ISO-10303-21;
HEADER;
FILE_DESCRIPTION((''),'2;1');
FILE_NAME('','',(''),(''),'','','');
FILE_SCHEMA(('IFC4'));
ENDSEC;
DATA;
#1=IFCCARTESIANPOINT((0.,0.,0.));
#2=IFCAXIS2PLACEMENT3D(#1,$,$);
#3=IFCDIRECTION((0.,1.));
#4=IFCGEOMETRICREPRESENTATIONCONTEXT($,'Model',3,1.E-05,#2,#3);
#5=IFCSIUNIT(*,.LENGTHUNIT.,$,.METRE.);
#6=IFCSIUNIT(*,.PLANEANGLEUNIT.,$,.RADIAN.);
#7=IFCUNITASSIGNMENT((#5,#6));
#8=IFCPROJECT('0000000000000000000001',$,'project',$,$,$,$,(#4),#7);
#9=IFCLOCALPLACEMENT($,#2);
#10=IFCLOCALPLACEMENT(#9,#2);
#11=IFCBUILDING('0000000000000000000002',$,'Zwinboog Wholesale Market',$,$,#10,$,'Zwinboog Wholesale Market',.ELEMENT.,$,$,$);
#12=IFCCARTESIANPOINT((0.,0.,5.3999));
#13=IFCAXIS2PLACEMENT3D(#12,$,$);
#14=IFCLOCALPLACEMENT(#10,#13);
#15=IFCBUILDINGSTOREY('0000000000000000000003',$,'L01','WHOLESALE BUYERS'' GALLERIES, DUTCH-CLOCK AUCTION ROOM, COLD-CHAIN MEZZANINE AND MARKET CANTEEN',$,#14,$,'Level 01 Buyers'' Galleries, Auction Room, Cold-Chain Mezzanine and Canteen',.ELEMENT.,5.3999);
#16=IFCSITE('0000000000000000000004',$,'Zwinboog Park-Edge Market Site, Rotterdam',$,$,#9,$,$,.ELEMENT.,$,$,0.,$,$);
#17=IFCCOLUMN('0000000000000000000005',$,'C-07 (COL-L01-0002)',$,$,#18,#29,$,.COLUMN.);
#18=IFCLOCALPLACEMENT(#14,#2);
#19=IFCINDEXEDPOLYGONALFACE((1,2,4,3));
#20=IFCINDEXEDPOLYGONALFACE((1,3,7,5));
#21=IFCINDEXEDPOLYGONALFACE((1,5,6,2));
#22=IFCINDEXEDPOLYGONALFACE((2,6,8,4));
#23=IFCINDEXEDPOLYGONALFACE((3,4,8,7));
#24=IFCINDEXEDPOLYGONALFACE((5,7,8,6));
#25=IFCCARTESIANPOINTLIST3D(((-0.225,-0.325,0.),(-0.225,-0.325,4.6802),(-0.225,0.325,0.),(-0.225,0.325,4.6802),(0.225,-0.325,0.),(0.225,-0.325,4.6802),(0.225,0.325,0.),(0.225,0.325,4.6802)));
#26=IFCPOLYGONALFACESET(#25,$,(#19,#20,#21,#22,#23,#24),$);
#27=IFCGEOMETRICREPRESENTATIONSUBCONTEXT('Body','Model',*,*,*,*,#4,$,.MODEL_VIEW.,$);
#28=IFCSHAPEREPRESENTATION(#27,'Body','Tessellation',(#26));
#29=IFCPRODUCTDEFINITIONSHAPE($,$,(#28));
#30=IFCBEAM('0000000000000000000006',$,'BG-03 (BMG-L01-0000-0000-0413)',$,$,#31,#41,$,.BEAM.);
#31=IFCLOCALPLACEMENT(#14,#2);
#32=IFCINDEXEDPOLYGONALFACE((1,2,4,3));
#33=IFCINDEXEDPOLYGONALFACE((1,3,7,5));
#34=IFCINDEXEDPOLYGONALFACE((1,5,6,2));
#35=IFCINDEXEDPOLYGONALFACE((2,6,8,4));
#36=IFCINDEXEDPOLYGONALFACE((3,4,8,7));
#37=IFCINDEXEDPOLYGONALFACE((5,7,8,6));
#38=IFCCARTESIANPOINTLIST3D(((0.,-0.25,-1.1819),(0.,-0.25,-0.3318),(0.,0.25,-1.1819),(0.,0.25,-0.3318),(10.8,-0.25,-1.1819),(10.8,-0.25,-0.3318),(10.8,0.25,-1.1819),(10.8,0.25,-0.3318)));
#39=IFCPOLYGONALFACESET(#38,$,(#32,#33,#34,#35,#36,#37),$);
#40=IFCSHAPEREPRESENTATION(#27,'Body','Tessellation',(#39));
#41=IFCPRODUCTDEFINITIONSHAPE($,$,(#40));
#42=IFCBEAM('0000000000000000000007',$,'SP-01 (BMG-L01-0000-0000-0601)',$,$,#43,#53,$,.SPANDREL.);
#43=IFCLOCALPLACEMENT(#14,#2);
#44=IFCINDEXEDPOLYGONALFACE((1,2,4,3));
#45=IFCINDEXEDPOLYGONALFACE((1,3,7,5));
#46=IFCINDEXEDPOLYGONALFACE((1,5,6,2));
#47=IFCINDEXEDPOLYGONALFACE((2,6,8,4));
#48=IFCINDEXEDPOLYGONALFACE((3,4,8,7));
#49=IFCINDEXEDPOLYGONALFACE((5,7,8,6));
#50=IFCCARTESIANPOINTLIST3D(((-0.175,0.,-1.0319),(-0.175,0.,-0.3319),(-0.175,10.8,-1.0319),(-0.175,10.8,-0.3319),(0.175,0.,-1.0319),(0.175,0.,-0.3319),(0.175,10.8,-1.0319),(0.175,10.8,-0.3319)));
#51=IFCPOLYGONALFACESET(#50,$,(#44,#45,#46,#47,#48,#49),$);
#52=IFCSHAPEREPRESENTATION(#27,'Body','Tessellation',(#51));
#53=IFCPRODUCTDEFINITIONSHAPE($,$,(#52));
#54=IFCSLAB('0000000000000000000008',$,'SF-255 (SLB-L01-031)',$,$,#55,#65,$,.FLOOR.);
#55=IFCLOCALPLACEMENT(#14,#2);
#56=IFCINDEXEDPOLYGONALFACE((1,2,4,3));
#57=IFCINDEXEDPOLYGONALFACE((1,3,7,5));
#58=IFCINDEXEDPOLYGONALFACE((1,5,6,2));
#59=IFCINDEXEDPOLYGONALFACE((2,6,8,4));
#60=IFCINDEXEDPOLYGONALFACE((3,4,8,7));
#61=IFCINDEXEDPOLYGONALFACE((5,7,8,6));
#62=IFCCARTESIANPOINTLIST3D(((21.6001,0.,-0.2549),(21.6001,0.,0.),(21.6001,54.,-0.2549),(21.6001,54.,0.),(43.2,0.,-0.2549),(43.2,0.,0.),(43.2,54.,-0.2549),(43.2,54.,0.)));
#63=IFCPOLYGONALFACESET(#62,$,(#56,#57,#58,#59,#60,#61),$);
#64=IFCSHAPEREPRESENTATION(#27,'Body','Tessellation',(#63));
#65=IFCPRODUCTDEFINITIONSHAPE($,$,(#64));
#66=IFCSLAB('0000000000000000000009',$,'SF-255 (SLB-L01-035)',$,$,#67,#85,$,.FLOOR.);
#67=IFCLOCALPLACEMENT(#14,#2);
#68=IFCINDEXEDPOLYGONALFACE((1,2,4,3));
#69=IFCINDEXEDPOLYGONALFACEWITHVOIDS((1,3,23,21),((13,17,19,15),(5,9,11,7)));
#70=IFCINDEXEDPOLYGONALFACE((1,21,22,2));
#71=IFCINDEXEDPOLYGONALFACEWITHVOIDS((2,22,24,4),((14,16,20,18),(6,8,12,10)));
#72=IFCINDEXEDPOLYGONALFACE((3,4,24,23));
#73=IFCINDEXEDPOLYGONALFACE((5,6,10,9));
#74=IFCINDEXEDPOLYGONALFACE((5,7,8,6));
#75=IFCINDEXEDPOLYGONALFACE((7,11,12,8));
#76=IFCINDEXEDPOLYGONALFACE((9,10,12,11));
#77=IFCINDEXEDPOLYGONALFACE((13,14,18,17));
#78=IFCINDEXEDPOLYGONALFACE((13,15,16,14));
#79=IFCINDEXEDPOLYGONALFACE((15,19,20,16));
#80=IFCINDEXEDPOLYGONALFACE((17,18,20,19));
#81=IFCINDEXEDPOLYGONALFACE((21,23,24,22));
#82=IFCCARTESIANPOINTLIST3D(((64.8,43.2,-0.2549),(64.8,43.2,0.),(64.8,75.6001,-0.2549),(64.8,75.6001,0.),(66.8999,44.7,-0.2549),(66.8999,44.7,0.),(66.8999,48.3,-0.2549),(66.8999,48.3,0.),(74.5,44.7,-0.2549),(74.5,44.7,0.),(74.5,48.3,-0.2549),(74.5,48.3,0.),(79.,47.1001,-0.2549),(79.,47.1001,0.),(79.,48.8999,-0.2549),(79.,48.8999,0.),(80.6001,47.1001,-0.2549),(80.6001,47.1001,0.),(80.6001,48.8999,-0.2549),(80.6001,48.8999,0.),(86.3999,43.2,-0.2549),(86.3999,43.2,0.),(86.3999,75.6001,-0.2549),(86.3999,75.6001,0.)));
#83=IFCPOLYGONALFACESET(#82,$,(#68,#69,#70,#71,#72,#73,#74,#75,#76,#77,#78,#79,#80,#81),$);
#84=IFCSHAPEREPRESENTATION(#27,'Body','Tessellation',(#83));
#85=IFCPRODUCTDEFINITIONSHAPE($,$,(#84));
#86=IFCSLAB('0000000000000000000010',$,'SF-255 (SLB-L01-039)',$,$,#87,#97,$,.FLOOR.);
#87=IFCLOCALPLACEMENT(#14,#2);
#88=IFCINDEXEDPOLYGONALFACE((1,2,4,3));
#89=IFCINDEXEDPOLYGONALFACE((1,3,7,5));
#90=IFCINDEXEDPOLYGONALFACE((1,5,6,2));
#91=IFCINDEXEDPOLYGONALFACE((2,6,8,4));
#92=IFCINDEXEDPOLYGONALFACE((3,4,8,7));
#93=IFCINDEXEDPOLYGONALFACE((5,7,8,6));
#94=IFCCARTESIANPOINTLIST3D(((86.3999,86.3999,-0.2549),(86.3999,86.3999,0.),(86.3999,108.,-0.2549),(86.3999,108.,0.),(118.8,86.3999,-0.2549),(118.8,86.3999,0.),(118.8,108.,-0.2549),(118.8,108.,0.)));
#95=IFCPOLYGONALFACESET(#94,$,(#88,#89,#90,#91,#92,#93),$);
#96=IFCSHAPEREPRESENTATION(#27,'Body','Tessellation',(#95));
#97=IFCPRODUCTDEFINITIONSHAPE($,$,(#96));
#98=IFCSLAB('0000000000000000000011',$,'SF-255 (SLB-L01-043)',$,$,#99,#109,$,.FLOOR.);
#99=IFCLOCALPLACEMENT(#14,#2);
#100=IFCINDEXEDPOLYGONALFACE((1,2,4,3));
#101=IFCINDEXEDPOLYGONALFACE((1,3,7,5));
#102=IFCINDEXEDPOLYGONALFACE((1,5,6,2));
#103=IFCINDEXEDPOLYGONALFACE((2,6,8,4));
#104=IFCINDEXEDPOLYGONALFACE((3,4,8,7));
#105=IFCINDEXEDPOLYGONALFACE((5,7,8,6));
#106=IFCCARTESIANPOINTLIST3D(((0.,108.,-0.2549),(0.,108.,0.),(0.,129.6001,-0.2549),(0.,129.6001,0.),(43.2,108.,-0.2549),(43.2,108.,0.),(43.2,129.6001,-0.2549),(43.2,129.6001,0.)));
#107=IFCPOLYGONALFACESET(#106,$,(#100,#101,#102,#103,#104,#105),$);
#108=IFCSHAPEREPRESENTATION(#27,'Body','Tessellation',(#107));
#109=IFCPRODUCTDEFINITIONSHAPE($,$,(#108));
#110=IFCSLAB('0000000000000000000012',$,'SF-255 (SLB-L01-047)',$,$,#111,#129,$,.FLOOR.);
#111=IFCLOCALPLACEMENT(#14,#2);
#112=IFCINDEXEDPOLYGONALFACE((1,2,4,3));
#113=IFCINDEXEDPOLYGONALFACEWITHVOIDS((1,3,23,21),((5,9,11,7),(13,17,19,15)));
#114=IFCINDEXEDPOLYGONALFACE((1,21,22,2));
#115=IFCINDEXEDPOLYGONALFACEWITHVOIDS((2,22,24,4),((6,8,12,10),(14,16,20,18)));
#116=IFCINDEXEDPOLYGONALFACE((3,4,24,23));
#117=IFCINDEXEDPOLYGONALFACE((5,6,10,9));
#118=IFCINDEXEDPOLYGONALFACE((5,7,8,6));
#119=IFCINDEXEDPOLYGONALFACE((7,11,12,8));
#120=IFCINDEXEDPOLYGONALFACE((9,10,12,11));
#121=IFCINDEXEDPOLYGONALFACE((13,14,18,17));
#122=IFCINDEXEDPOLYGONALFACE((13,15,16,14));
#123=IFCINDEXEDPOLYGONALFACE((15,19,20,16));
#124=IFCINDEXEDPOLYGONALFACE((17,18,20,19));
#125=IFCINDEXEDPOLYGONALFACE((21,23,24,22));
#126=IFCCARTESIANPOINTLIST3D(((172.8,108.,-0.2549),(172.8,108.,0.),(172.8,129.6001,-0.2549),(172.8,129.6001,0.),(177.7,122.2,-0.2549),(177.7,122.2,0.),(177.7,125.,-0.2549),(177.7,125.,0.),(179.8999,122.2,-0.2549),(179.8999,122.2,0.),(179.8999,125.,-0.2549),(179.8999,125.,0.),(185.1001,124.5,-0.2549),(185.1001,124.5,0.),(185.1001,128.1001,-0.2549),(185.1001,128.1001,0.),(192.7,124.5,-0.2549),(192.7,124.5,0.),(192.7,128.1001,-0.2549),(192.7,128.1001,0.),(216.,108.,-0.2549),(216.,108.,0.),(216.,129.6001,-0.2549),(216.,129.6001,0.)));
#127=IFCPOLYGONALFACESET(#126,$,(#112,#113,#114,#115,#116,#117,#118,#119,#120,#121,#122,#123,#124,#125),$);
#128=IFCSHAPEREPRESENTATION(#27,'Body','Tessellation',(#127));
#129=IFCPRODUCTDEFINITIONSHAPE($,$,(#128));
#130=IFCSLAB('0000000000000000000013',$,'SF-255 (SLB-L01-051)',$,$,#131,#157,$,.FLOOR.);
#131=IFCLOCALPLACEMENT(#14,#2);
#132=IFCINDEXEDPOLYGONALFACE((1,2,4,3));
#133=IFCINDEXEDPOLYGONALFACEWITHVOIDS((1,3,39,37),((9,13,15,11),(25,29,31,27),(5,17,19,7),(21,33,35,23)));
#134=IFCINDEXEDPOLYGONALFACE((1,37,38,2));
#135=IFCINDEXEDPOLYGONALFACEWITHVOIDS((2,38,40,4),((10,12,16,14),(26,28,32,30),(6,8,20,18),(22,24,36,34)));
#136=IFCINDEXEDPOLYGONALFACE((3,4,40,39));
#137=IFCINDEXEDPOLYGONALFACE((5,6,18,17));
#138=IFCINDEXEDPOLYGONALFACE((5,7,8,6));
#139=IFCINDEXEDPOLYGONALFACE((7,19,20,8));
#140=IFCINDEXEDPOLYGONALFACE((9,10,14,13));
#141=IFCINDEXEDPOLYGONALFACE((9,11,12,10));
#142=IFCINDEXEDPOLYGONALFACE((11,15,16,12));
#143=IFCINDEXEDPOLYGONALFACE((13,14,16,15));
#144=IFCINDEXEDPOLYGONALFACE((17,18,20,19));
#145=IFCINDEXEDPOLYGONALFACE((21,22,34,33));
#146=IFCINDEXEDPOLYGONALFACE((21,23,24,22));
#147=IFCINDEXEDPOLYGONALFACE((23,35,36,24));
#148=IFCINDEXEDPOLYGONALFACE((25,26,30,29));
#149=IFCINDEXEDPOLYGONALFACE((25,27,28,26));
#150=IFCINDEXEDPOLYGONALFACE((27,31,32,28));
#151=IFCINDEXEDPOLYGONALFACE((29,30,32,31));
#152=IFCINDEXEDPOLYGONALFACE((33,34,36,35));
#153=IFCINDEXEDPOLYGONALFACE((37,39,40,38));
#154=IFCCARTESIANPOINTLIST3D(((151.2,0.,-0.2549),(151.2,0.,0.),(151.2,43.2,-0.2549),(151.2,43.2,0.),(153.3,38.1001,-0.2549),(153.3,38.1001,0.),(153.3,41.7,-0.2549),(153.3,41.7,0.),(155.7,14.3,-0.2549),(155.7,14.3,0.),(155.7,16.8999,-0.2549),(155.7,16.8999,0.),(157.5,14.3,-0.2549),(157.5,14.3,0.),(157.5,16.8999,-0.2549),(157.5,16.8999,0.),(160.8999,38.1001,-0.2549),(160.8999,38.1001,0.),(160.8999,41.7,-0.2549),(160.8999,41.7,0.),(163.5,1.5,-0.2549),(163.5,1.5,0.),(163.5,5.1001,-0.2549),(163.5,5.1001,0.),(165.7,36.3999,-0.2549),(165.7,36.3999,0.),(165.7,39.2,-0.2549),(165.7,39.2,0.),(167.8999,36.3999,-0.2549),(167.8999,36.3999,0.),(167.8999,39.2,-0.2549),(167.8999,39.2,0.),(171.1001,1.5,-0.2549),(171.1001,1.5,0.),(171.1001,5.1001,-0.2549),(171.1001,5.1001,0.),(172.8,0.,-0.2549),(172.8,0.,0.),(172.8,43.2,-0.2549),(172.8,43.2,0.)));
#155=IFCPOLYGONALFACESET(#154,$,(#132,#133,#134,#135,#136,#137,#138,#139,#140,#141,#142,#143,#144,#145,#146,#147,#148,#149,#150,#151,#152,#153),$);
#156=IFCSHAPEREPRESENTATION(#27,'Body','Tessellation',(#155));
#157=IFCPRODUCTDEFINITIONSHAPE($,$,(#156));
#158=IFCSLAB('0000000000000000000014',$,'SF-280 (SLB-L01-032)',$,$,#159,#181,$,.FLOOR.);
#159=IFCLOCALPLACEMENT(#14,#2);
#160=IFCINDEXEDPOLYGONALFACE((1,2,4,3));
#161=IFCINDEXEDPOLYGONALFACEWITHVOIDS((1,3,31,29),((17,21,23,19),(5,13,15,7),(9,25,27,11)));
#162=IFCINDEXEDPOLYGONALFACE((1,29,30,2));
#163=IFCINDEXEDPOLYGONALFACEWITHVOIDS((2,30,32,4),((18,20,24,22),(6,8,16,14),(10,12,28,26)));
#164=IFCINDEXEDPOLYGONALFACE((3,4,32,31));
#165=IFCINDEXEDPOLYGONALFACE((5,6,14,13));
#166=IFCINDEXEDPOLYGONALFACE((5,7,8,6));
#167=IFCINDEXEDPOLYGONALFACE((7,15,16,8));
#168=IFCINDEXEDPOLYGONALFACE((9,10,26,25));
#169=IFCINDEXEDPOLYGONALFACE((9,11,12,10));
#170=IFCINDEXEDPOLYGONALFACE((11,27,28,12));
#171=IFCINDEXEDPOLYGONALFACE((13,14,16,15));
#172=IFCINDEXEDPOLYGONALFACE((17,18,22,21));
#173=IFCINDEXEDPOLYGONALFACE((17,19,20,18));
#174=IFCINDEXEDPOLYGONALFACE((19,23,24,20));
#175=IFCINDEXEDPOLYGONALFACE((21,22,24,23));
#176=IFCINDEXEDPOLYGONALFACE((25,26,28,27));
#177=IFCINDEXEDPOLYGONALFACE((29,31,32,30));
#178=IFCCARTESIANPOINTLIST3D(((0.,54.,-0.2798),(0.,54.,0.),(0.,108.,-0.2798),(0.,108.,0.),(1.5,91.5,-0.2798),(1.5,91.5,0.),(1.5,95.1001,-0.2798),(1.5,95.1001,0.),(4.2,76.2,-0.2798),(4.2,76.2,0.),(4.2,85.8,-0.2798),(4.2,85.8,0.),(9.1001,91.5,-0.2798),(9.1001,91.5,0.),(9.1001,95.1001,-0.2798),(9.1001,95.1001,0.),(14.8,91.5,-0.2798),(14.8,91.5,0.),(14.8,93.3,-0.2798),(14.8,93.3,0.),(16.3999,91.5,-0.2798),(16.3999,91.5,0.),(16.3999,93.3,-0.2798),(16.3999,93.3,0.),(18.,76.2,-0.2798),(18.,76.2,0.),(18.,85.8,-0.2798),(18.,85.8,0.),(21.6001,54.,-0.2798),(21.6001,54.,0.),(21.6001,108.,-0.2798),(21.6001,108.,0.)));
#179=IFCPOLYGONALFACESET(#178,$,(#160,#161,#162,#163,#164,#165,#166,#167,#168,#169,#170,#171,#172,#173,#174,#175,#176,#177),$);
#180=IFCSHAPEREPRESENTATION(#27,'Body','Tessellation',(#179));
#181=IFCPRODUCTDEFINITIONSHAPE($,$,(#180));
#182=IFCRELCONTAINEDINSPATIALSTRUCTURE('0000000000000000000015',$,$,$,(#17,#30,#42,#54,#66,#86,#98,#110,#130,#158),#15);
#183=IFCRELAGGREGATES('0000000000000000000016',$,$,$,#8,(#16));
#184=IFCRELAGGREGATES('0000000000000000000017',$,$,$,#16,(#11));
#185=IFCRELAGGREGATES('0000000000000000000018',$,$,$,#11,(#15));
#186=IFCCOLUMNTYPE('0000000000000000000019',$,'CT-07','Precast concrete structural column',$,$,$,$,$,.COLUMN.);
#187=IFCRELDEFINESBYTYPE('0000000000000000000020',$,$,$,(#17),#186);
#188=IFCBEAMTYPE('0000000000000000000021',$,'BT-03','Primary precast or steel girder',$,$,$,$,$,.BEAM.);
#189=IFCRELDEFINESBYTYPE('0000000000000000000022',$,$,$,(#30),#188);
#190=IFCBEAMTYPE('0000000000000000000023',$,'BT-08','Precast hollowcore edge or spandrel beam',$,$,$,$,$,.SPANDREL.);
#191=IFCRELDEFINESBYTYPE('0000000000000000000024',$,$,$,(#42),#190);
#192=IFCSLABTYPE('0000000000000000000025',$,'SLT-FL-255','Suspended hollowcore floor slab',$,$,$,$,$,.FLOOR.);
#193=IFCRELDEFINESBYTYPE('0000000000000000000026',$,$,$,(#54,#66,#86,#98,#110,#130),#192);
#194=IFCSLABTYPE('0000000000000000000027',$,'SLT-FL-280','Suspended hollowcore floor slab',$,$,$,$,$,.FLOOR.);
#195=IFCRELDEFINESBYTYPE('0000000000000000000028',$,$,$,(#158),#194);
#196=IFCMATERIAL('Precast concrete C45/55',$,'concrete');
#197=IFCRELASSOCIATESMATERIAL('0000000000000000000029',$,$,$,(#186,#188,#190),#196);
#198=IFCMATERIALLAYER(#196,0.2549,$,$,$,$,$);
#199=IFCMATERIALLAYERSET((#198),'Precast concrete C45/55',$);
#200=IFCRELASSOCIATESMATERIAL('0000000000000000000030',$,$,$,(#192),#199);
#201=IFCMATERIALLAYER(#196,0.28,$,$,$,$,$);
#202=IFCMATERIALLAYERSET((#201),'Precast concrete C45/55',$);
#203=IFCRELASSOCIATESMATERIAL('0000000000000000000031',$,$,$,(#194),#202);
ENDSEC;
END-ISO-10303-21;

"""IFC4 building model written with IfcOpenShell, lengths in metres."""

from ifc_helpers import new_model, si_unit, direction, frame, origin, origin_with_axes, origin_2d, place, context, subcontext, project, spatial, polyline, rectangle, outline, extrude, material, layer, layer_set, material_profile, profile_set, type_object, element, save


model = new_model("IFC4")

# Units and contexts
model_context = context("Model", 3, precision=1e-05, world=origin(), true_north=direction((0.0, 1.0)))
body_context = subcontext(model_context, "Body", "Model", "MODEL_VIEW")
ifc_project = project(units=[si_unit("LENGTHUNIT", "METRE"), si_unit("PLANEANGLEUNIT", "RADIAN")], contexts=[model_context])

# Site, building, storey
site_placement = place(None, origin())
site = spatial("IfcSite", under=ifc_project, at=site_placement, Name="Zwinboog Park-Edge Market Site, Rotterdam", CompositionType="ELEMENT", RefElevation=0.0)
building_placement = place(site_placement, origin())
building = spatial("IfcBuilding", under=site, at=building_placement, Name="Zwinboog Wholesale Market", LongName="Zwinboog Wholesale Market", CompositionType="ELEMENT")
storey_placement = place(building_placement, frame((0.0, 0.0, 5.3999)))
storey = spatial("IfcBuildingStorey", under=building, at=storey_placement, Name="L01", Description="WHOLESALE BUYERS' GALLERIES, DUTCH-CLOCK AUCTION ROOM, COLD-CHAIN MEZZANINE AND MARKET CANTEEN", LongName="Level 01 Buyers' Galleries, Auction Room, Cold-Chain Mezzanine and Canteen", CompositionType="ELEMENT", Elevation=5.3999)

# Column
ifc_material_1 = material(Name="Precast concrete C45/55", Category="concrete")
ifc_material_profile_1 = material_profile(ifc_material_1, rectangle(XDim=0.45, YDim=0.6499, at=origin_2d()), Name="PC 450x650")
ifc_profile_set_1 = profile_set([ifc_material_profile_1], Name="Precast concrete C45/55")
column_type = type_object("IfcColumnType", Name="CT-07", Description="Precast concrete structural column", PredefinedType="COLUMN", material=ifc_profile_set_1)
column_placement = place(storey_placement, origin_with_axes())
element("IfcColumn", 1, at=column_placement, inside=storey, type_object=column_type, Name="C-07 (COL-L01-0002)", PredefinedType="COLUMN", context=body_context, shape_type="SweptSolid", body=[
    extrude(rectangle(XDim=0.45, YDim=0.6499, at=origin_2d()), origin(), (0.0, 0.0, 1.0), 4.6802),
])

# Beams
ifc_material_profile_2 = material_profile(ifc_material_1, rectangle(XDim=0.5, YDim=0.8501, at=origin_2d()), Name="PC 500x850")
ifc_profile_set_2 = profile_set([ifc_material_profile_2], Name="Precast concrete C45/55")
beam_type_1 = type_object("IfcBeamType", Name="BT-03", Description="Primary precast or steel girder", PredefinedType="BEAM", material=ifc_profile_set_2)
beam_1_placement = place(storey_placement, frame((0.0, 0.0, -0.7568), z_axis=(1.0, 0.0, 0.0), x_axis=(0.0, 1.0, 0.0)))
element("IfcBeam", 2, at=beam_1_placement, inside=storey, type_object=beam_type_1, Name="BG-03 (BMG-L01-0000-0000-0413)", PredefinedType="BEAM", context=body_context, shape_type="SweptSolid", body=[
    extrude(rectangle(XDim=0.5, YDim=0.8501, at=origin_2d()), origin(), (0.0, 0.0, 1.0), 10.8),
])
ifc_material_profile_3 = material_profile(ifc_material_1, rectangle(XDim=0.3501, YDim=0.7, at=origin_2d()), Name="PC 350x700")
ifc_profile_set_3 = profile_set([ifc_material_profile_3], Name="Precast concrete C45/55")
beam_type_2 = type_object("IfcBeamType", Name="BT-08", Description="Precast hollowcore edge or spandrel beam", PredefinedType="SPANDREL", material=ifc_profile_set_3)
beam_2_placement = place(storey_placement, frame((0.0, 0.0, -0.6819), z_axis=(0.0, 1.0, 0.0), x_axis=(-1.0, 0.0, 0.0)))
element("IfcBeam", 3, at=beam_2_placement, inside=storey, type_object=beam_type_2, Name="SP-01 (BMG-L01-0000-0000-0601)", PredefinedType="SPANDREL", context=body_context, shape_type="SweptSolid", body=[
    extrude(rectangle(XDim=0.3501, YDim=0.7, at=origin_2d()), origin(), (0.0, 0.0, 1.0), 10.8),
])

# Slabs
ifc_layer_1 = layer(ifc_material_1, 0.2549)
ifc_layer_set_1 = layer_set([ifc_layer_1], Name="Precast concrete C45/55")
slab_type_1 = type_object("IfcSlabType", Name="SLT-FL-255", Description="Suspended hollowcore floor slab", PredefinedType="FLOOR", material=ifc_layer_set_1)
slab_1_placement = place(storey_placement, frame((0.0, 0.0, -0.2549)))
element("IfcSlab", 4, at=slab_1_placement, inside=storey, type_object=slab_type_1, Name="SF-255 (SLB-L01-031)", PredefinedType="FLOOR", context=body_context, shape_type="SweptSolid", body=[
    extrude(outline(polyline([(21.6001, 0.0), (43.2, 0.0), (43.2, 54.0), (21.6001, 54.0), (21.6001, 0.0)])), origin(), (0.0, 0.0, 1.0), 0.2549),
])
slab_2_placement = place(storey_placement, frame((0.0, 0.0, -0.2549)))
element("IfcSlab", 5, at=slab_2_placement, inside=storey, type_object=slab_type_1, Name="SF-255 (SLB-L01-035)", PredefinedType="FLOOR", context=body_context, shape_type="SweptSolid", body=[
    extrude(outline(polyline([(64.8, 43.2), (86.3999, 43.2), (86.3999, 75.6001), (64.8, 75.6001), (64.8, 43.2)]), holes=[polyline([(66.8999, 44.7), (74.5, 44.7), (74.5, 48.3), (66.8999, 48.3), (66.8999, 44.7)]), polyline([(79.0, 47.1001), (80.6001, 47.1001), (80.6001, 48.8999), (79.0, 48.8999), (79.0, 47.1001)])]), origin(), (0.0, 0.0, 1.0), 0.2549),
])
slab_3_placement = place(storey_placement, frame((0.0, 0.0, -0.2549)))
element("IfcSlab", 6, at=slab_3_placement, inside=storey, type_object=slab_type_1, Name="SF-255 (SLB-L01-039)", PredefinedType="FLOOR", context=body_context, shape_type="SweptSolid", body=[
    extrude(outline(polyline([(86.3999, 86.3999), (118.8, 86.3999), (118.8, 108.0), (86.3999, 108.0), (86.3999, 86.3999)])), origin(), (0.0, 0.0, 1.0), 0.2549),
])
slab_4_placement = place(storey_placement, frame((0.0, 0.0, -0.2549)))
element("IfcSlab", 7, at=slab_4_placement, inside=storey, type_object=slab_type_1, Name="SF-255 (SLB-L01-043)", PredefinedType="FLOOR", context=body_context, shape_type="SweptSolid", body=[
    extrude(outline(polyline([(0.0, 108.0), (43.2, 108.0), (43.2, 129.6001), (0.0, 129.6001), (0.0, 108.0)])), origin(), (0.0, 0.0, 1.0), 0.2549),
])
slab_5_placement = place(storey_placement, frame((0.0, 0.0, -0.2549)))
element("IfcSlab", 8, at=slab_5_placement, inside=storey, type_object=slab_type_1, Name="SF-255 (SLB-L01-047)", PredefinedType="FLOOR", context=body_context, shape_type="SweptSolid", body=[
    extrude(outline(polyline([(172.8, 108.0), (216.0, 108.0), (216.0, 129.6001), (172.8, 129.6001), (172.8, 108.0)]), holes=[polyline([(185.1001, 124.5), (192.7, 124.5), (192.7, 128.1001), (185.1001, 128.1001), (185.1001, 124.5)]), polyline([(177.7, 122.2), (179.8999, 122.2), (179.8999, 125.0), (177.7, 125.0), (177.7, 122.2)])]), origin(), (0.0, 0.0, 1.0), 0.2549),
])
slab_6_placement = place(storey_placement, frame((0.0, 0.0, -0.2549)))
element("IfcSlab", 9, at=slab_6_placement, inside=storey, type_object=slab_type_1, Name="SF-255 (SLB-L01-051)", PredefinedType="FLOOR", context=body_context, shape_type="SweptSolid", body=[
    extrude(outline(polyline([(151.2, 0.0), (172.8, 0.0), (172.8, 43.2), (151.2, 43.2), (151.2, 0.0)]), holes=[polyline([(163.5, 1.5), (171.1001, 1.5), (171.1001, 5.1001), (163.5, 5.1001), (163.5, 1.5)]), polyline([(153.3, 38.1001), (160.8999, 38.1001), (160.8999, 41.7), (153.3, 41.7), (153.3, 38.1001)]), polyline([(155.7, 14.3), (157.5, 14.3), (157.5, 16.8999), (155.7, 16.8999), (155.7, 14.3)]), polyline([(165.7, 36.3999), (167.8999, 36.3999), (167.8999, 39.2), (165.7, 39.2), (165.7, 36.3999)])]), origin(), (0.0, 0.0, 1.0), 0.2549),
])
ifc_layer_2 = layer(ifc_material_1, 0.28)
ifc_layer_set_2 = layer_set([ifc_layer_2], Name="Precast concrete C45/55")
slab_type_2 = type_object("IfcSlabType", Name="SLT-FL-280", Description="Suspended hollowcore floor slab", PredefinedType="FLOOR", material=ifc_layer_set_2)
slab_7_placement = place(storey_placement, frame((0.0, 0.0, -0.2798)))
element("IfcSlab", 10, at=slab_7_placement, inside=storey, type_object=slab_type_2, Name="SF-280 (SLB-L01-032)", PredefinedType="FLOOR", context=body_context, shape_type="SweptSolid", body=[
    extrude(outline(polyline([(0.0, 54.0), (21.6001, 54.0), (21.6001, 108.0), (0.0, 108.0), (0.0, 54.0)]), holes=[polyline([(4.2, 76.2), (18.0, 76.2), (18.0, 85.8), (4.2, 85.8), (4.2, 76.2)]), polyline([(1.5, 91.5), (9.1001, 91.5), (9.1001, 95.1001), (1.5, 95.1001), (1.5, 91.5)]), polyline([(14.8, 91.5), (16.3999, 91.5), (16.3999, 93.3), (14.8, 93.3), (14.8, 91.5)])]), origin(), (0.0, 0.0, 1.0), 0.2798),
])

save(model, "model.ifc")
